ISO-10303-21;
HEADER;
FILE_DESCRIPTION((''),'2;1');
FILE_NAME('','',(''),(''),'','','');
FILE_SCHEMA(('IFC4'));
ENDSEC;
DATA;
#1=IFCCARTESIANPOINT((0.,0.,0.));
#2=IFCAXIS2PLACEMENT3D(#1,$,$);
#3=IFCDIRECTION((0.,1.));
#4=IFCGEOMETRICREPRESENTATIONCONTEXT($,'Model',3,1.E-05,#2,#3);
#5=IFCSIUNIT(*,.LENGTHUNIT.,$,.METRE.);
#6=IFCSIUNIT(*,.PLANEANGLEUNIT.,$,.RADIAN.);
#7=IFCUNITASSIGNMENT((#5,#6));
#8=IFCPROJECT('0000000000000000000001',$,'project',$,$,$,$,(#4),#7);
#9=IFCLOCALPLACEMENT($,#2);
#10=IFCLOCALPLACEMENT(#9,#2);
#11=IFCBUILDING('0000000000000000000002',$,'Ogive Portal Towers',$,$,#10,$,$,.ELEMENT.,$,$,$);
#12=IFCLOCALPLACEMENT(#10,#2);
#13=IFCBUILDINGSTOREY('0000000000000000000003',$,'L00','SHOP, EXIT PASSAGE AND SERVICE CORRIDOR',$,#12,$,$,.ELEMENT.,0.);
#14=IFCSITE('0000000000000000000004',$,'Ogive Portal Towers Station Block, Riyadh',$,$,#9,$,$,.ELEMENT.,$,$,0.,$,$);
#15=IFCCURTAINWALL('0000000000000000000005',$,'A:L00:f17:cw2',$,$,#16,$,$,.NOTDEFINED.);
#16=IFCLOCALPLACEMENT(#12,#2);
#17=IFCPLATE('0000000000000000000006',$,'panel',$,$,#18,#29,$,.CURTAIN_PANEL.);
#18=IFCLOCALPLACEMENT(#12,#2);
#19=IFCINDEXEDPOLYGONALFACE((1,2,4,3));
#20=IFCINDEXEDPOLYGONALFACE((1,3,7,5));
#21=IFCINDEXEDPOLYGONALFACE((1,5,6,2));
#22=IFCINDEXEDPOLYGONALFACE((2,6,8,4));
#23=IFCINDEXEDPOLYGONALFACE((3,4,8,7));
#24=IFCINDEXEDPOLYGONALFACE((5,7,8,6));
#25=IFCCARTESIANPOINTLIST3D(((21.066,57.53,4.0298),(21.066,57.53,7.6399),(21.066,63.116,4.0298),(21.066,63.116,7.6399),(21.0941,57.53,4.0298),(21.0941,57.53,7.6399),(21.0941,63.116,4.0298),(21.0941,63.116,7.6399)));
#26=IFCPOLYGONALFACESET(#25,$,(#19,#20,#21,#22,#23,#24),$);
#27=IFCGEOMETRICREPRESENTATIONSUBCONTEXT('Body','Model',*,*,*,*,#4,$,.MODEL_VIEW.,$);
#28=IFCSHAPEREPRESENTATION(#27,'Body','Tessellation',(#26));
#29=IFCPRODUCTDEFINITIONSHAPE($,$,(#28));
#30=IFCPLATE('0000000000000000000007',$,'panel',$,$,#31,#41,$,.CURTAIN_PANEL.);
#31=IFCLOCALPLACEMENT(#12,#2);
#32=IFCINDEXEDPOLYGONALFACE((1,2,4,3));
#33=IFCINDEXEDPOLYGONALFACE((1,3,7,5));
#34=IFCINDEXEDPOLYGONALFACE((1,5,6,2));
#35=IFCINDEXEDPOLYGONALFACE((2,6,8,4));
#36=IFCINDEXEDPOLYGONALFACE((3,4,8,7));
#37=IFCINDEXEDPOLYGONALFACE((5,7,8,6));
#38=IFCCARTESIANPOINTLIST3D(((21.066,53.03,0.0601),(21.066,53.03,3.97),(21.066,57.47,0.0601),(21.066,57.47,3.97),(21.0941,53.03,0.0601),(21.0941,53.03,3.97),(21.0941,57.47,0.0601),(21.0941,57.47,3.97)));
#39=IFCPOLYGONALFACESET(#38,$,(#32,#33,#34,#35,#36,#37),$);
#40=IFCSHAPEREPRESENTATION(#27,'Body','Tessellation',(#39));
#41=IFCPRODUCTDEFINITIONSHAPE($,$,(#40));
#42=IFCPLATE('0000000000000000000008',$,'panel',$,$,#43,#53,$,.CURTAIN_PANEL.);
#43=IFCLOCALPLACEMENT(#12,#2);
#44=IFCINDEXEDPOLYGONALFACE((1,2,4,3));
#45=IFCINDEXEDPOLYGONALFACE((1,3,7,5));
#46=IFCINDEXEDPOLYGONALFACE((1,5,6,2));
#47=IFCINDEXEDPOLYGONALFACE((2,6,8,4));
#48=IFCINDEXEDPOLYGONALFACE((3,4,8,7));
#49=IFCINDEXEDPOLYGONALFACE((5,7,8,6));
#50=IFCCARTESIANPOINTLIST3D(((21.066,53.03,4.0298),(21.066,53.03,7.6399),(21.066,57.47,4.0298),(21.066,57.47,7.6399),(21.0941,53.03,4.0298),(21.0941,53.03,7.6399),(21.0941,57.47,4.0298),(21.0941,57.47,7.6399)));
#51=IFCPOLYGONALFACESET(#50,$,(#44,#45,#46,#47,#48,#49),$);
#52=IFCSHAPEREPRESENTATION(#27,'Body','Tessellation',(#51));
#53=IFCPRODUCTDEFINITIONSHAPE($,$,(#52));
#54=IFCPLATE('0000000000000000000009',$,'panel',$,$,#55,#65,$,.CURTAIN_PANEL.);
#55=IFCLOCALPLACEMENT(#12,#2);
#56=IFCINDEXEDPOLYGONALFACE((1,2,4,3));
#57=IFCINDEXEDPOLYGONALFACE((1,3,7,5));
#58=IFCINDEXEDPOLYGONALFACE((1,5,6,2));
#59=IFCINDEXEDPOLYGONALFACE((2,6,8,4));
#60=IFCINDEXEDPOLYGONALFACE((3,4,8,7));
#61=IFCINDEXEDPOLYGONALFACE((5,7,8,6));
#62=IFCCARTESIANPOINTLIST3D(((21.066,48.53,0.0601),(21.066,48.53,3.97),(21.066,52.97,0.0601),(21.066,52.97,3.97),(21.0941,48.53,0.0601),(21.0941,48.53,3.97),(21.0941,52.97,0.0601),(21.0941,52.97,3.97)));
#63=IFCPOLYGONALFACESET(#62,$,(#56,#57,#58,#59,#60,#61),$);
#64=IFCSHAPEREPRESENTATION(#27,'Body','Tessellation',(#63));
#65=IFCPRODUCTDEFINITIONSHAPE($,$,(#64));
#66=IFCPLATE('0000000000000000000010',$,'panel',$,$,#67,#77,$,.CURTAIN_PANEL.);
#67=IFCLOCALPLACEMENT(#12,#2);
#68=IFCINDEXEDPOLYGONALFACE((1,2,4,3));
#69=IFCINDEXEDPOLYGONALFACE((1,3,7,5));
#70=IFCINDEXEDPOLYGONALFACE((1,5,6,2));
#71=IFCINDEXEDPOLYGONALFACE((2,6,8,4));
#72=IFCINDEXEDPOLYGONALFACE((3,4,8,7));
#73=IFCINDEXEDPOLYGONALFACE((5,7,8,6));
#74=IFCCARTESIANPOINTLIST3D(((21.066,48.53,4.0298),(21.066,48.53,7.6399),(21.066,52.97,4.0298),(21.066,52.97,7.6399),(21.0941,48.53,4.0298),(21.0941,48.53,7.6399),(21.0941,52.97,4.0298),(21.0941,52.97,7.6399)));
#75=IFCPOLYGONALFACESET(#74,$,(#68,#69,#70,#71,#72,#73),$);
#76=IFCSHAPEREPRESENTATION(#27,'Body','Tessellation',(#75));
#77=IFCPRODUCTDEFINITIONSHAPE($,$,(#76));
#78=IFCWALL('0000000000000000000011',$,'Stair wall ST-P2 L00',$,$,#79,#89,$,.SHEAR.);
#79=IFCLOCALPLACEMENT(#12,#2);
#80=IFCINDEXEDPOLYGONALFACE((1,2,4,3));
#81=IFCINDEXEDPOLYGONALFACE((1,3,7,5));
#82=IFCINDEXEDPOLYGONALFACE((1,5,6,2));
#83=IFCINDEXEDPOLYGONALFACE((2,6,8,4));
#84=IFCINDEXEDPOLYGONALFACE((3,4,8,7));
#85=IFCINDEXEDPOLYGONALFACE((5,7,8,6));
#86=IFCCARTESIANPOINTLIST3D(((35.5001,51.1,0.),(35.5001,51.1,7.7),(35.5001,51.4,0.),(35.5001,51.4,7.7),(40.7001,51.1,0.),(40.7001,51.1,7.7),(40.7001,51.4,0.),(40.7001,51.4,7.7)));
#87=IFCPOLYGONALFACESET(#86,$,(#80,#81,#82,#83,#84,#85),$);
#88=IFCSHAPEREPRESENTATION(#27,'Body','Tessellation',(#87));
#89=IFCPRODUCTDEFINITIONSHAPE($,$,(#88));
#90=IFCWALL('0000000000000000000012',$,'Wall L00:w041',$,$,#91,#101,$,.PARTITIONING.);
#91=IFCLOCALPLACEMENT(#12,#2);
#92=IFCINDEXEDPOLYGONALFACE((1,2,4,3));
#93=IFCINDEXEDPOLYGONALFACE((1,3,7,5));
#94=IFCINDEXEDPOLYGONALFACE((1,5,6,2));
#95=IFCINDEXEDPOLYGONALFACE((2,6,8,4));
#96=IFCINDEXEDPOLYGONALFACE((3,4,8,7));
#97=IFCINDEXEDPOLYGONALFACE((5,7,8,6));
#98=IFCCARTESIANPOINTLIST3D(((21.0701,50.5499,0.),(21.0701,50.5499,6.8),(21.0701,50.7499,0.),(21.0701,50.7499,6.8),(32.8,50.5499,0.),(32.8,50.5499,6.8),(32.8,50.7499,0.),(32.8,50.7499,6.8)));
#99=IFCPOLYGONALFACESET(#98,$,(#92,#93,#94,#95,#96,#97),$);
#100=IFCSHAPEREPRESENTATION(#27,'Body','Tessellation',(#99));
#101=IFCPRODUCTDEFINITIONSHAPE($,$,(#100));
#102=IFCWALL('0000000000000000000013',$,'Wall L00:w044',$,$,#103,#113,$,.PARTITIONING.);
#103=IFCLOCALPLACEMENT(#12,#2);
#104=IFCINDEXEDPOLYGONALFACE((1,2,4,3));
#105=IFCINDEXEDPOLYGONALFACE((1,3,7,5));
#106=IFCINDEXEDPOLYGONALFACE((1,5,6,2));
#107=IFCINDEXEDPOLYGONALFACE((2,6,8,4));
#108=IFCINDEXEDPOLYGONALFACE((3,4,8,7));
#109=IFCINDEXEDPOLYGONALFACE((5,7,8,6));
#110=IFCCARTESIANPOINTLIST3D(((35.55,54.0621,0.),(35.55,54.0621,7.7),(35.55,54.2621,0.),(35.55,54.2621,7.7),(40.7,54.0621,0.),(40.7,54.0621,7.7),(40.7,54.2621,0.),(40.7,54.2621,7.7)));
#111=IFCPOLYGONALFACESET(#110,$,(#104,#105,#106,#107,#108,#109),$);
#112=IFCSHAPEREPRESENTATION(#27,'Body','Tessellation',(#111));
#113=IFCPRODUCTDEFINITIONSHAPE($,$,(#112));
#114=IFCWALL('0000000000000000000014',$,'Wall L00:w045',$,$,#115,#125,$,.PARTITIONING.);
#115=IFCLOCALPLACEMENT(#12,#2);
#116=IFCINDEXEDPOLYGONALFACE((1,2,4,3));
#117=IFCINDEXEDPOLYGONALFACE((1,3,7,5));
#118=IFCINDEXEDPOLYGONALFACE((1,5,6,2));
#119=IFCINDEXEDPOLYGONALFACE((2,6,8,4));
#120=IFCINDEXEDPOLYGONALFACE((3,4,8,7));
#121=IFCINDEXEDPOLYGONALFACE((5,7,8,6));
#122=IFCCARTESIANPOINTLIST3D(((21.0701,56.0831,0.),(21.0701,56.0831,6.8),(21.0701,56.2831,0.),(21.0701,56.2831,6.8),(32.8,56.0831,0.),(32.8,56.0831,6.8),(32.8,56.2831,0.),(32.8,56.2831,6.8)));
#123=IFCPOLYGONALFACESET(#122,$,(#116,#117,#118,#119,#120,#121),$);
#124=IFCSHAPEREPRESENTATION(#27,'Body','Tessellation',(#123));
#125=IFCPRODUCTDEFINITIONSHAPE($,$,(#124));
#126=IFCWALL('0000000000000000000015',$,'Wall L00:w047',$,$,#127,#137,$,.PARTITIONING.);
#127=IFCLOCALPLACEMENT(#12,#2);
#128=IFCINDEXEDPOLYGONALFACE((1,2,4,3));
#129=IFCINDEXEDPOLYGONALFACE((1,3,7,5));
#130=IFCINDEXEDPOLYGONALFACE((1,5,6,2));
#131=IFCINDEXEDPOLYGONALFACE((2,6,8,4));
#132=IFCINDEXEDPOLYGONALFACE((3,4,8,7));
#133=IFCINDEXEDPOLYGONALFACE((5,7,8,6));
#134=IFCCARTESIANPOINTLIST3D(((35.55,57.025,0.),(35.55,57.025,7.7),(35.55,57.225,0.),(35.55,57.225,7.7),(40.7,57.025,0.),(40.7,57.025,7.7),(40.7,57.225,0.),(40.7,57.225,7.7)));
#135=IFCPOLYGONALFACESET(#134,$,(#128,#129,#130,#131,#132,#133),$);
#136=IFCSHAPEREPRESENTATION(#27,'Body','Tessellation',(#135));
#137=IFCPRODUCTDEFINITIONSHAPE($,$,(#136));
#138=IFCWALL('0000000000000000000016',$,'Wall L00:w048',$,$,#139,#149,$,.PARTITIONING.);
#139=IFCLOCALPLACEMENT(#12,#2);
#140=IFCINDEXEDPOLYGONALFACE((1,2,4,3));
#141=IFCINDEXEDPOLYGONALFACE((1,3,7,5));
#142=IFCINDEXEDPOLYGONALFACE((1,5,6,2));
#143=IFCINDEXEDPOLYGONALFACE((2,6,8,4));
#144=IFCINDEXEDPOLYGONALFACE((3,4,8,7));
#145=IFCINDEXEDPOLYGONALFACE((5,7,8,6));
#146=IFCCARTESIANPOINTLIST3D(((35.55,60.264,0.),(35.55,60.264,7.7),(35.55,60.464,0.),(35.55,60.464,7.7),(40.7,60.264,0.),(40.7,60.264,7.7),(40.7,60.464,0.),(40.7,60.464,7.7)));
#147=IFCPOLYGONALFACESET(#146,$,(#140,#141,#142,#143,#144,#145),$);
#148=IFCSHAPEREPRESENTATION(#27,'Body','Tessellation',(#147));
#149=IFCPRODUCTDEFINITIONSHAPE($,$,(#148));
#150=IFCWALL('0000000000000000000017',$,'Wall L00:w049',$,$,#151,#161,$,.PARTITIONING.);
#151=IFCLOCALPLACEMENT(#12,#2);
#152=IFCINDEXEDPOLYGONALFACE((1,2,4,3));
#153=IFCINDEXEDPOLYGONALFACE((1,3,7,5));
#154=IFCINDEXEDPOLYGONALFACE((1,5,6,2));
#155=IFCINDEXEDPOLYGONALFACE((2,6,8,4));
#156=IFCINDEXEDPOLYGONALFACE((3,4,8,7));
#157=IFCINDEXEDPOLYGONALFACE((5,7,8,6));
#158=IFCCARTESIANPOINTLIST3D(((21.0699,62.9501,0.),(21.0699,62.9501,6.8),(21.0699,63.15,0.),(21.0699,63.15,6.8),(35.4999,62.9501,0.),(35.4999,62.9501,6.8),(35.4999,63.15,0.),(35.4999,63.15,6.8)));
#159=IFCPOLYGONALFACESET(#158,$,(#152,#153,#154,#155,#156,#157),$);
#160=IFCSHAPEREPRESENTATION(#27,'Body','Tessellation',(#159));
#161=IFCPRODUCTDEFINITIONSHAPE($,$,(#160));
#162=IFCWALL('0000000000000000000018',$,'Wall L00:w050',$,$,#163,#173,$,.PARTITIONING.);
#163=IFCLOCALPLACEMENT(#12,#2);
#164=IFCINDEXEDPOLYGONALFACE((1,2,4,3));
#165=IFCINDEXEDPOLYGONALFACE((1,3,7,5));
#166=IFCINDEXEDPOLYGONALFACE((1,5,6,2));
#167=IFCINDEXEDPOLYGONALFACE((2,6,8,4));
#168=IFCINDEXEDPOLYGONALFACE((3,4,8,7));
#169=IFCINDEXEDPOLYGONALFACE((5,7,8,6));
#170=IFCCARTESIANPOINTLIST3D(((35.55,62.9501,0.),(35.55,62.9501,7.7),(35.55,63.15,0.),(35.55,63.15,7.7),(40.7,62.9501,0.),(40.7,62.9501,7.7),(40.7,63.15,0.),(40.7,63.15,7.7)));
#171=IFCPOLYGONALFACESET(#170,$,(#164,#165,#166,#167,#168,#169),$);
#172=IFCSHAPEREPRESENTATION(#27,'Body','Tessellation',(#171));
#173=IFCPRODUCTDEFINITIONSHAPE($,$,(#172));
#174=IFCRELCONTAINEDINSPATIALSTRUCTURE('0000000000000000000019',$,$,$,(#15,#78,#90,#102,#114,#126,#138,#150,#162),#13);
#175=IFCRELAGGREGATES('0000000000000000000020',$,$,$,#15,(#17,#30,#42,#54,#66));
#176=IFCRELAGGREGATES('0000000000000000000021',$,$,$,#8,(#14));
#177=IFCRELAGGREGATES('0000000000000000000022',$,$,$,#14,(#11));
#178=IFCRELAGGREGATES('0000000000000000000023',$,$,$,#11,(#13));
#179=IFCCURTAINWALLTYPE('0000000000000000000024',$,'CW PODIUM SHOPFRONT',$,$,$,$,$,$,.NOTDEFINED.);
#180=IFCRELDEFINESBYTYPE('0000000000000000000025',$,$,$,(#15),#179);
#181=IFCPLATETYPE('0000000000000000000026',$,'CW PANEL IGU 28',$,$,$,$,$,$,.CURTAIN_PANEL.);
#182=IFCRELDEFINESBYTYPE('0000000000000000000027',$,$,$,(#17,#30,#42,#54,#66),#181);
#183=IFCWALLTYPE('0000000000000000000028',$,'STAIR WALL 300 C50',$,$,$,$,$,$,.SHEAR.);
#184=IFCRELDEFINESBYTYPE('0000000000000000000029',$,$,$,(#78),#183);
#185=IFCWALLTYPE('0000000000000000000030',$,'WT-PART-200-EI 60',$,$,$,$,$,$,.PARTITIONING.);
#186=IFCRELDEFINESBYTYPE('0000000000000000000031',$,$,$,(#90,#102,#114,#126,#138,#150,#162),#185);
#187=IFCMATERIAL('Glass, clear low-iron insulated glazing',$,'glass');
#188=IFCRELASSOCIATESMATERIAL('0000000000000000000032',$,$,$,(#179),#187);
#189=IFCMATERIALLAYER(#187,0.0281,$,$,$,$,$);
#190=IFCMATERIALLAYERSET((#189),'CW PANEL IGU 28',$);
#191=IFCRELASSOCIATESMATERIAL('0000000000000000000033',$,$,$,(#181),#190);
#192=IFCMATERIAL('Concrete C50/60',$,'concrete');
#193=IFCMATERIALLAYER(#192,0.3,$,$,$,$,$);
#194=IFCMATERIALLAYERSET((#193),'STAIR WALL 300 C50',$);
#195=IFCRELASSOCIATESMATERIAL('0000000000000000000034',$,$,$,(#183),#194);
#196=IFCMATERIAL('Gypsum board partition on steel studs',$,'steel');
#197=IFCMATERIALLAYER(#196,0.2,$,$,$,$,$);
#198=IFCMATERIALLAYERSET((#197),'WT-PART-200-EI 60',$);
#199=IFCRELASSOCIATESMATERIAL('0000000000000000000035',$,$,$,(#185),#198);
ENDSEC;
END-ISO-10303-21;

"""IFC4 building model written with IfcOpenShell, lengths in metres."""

from ifc_helpers import new_model, si_unit, direction, frame, frame_2d, origin, origin_2d, place, context, subcontext, project, spatial, rectangle, extrude, material, layer, layer_set, type_object, element, aggregate, save


model = new_model("IFC4")

# Units and contexts
model_context = context("Model", 3, precision=1e-05, world=origin(), true_north=direction((0.0, 1.0)))
body_context = subcontext(model_context, "Body", "Model", "MODEL_VIEW")
ifc_project = project(units=[si_unit("LENGTHUNIT", "METRE"), si_unit("PLANEANGLEUNIT", "RADIAN")], contexts=[model_context])

# Site, building, storey
site_placement = place(None, origin())
site = spatial("IfcSite", under=ifc_project, at=site_placement, Name="Ogive Portal Towers Station Block, Riyadh", CompositionType="ELEMENT", RefElevation=0.0)
building_placement = place(site_placement, origin())
building = spatial("IfcBuilding", under=site, at=building_placement, Name="Ogive Portal Towers", CompositionType="ELEMENT")
storey_placement = place(building_placement, origin())
storey = spatial("IfcBuildingStorey", under=building, at=storey_placement, Name="L00", Description="SHOP, EXIT PASSAGE AND SERVICE CORRIDOR", CompositionType="ELEMENT", Elevation=0.0)

# Shared definitions
ifc_material_1 = material(Name="Concrete C50/60", Category="concrete")

# Curtain wall, plates
ifc_material_2 = material(Name="Glass, clear low-iron insulated glazing", Category="glass")
curtain_wall_type = type_object("IfcCurtainWallType", Name="CW PODIUM SHOPFRONT", PredefinedType="NOTDEFINED", material=ifc_material_2)
curtain_wall_placement = place(storey_placement, origin())
curtain_wall = element("IfcCurtainWall", 1, at=curtain_wall_placement, inside=storey, type_object=curtain_wall_type, Name="A:L00:f17:cw2", PredefinedType="NOTDEFINED")
ifc_layer_1 = layer(ifc_material_2, 0.0281)
ifc_layer_set_1 = layer_set([ifc_layer_1], Name="CW PANEL IGU 28")
plate_type = type_object("IfcPlateType", Name="CW PANEL IGU 28", PredefinedType="CURTAIN_PANEL", material=ifc_layer_set_1)
plate_1_placement = place(storey_placement, frame((21.0801, 60.323, 4.0298), z_axis=(0.0, 0.0, 1.0), x_axis=(0.0, -1.0, 0.0)))
plate_1 = element("IfcPlate", 2, at=plate_1_placement, type_object=plate_type, Name="panel", PredefinedType="CURTAIN_PANEL", context=body_context, shape_type="SweptSolid", body=[
    extrude(rectangle(XDim=5.5859, YDim=0.0281, at=origin_2d()), origin(), (0.0, 0.0, 1.0), 3.6101),
])
plate_2_placement = place(storey_placement, frame((21.0801, 55.25, 0.0601), z_axis=(0.0, 0.0, 1.0), x_axis=(0.0, -1.0, 0.0)))
plate_2 = element("IfcPlate", 3, at=plate_2_placement, type_object=plate_type, Name="panel", PredefinedType="CURTAIN_PANEL", context=body_context, shape_type="SweptSolid", body=[
    extrude(rectangle(XDim=4.4399, YDim=0.0281, at=origin_2d()), origin(), (0.0, 0.0, 1.0), 3.9099),
])
plate_3_placement = place(storey_placement, frame((21.0801, 55.25, 4.0298), z_axis=(0.0, 0.0, 1.0), x_axis=(0.0, -1.0, 0.0)))
plate_3 = element("IfcPlate", 4, at=plate_3_placement, type_object=plate_type, Name="panel", PredefinedType="CURTAIN_PANEL", context=body_context, shape_type="SweptSolid", body=[
    extrude(rectangle(XDim=4.4399, YDim=0.0281, at=origin_2d()), origin(), (0.0, 0.0, 1.0), 3.6101),
])
plate_4_placement = place(storey_placement, frame((21.0801, 50.75, 0.0601), z_axis=(0.0, 0.0, 1.0), x_axis=(0.0, -1.0, 0.0)))
plate_4 = element("IfcPlate", 5, at=plate_4_placement, type_object=plate_type, Name="panel", PredefinedType="CURTAIN_PANEL", context=body_context, shape_type="SweptSolid", body=[
    extrude(rectangle(XDim=4.4399, YDim=0.0281, at=origin_2d()), origin(), (0.0, 0.0, 1.0), 3.9099),
])
plate_5_placement = place(storey_placement, frame((21.0801, 50.75, 4.0298), z_axis=(0.0, 0.0, 1.0), x_axis=(0.0, -1.0, 0.0)))
plate_5 = element("IfcPlate", 6, at=plate_5_placement, type_object=plate_type, Name="panel", PredefinedType="CURTAIN_PANEL", context=body_context, shape_type="SweptSolid", body=[
    extrude(rectangle(XDim=4.4399, YDim=0.0281, at=origin_2d()), origin(), (0.0, 0.0, 1.0), 3.6101),
])
aggregate(curtain_wall, [plate_1, plate_2, plate_3, plate_4, plate_5])

# Walls
ifc_layer_2 = layer(ifc_material_1, 0.3)
ifc_layer_set_2 = layer_set([ifc_layer_2], Name="STAIR WALL 300 C50")
wall_type_1 = type_object("IfcWallType", Name="STAIR WALL 300 C50", PredefinedType="SHEAR", material=ifc_layer_set_2)
wall_1_placement = place(storey_placement, frame((35.5, 51.25, 0.0), z_axis=(0.0, 0.0, 1.0), x_axis=(1.0, 0.0, 0.0)))
element("IfcWall", 7, at=wall_1_placement, inside=storey, type_object=wall_type_1, Name="Stair wall ST-P2 L00", PredefinedType="SHEAR", context=body_context, shape_type="SweptSolid", body=[
    extrude(rectangle(XDim=5.2, YDim=0.3, at=frame_2d((2.6001, 0.0))), origin(), (0.0, 0.0, 1.0), 7.7),
])
ifc_material_3 = material(Name="Gypsum board partition on steel studs", Category="steel")
ifc_layer_3 = layer(ifc_material_3, 0.2)
ifc_layer_set_3 = layer_set([ifc_layer_3], Name="WT-PART-200-EI 60")
wall_type_2 = type_object("IfcWallType", Name="WT-PART-200-EI 60", PredefinedType="PARTITIONING", material=ifc_layer_set_3)
wall_2_placement = place(storey_placement, frame((21.0701, 50.6499, 0.0), z_axis=(0.0, 0.0, 1.0), x_axis=(1.0, 0.0, 0.0)))
element("IfcWall", 8, at=wall_2_placement, inside=storey, type_object=wall_type_2, Name="Wall L00:w041", PredefinedType="PARTITIONING", context=body_context, shape_type="SweptSolid", body=[
    extrude(rectangle(XDim=11.73, YDim=0.2, at=frame_2d((5.865, 0.0))), origin(), (0.0, 0.0, 1.0), 6.8),
])
wall_3_placement = place(storey_placement, frame((35.55, 54.1621, 0.0), z_axis=(0.0, 0.0, 1.0), x_axis=(1.0, 0.0, 0.0)))
element("IfcWall", 9, at=wall_3_placement, inside=storey, type_object=wall_type_2, Name="Wall L00:w044", PredefinedType="PARTITIONING", context=body_context, shape_type="SweptSolid", body=[
    extrude(rectangle(XDim=5.1499, YDim=0.2, at=frame_2d((2.575, 0.0))), origin(), (0.0, 0.0, 1.0), 7.7),
])
wall_4_placement = place(storey_placement, frame((21.0701, 56.1831, 0.0), z_axis=(0.0, 0.0, 1.0), x_axis=(1.0, 0.0, 0.0)))
element("IfcWall", 10, at=wall_4_placement, inside=storey, type_object=wall_type_2, Name="Wall L00:w045", PredefinedType="PARTITIONING", context=body_context, shape_type="SweptSolid", body=[
    extrude(rectangle(XDim=11.73, YDim=0.2, at=frame_2d((5.865, 0.0))), origin(), (0.0, 0.0, 1.0), 6.8),
])
for number, where, z_axis, x_axis, name in (
    (11, (35.55, 57.125, 0.0), (0.0, 0.0, 1.0), (1.0, 0.0, 0.0), "Wall L00:w047"),
    (12, (35.55, 60.364, 0.0), (0.0, 0.0, 1.0), (1.0, 0.0, 0.0), "Wall L00:w048"),
):
    element("IfcWall", number, at=place(storey_placement, frame(where, z_axis=z_axis, x_axis=x_axis)), inside=storey, type_object=wall_type_2, Name=name, PredefinedType="PARTITIONING", context=body_context, shape_type="SweptSolid", body=[
        extrude(rectangle(XDim=5.1499, YDim=0.2, at=frame_2d((2.575, 0.0))), origin(), (0.0, 0.0, 1.0), 7.7),
    ])
wall_5_placement = place(storey_placement, frame((21.0701, 63.05, 0.0), z_axis=(0.0, 0.0, 1.0), x_axis=(1.0, 0.0, 0.0)))
element("IfcWall", 13, at=wall_5_placement, inside=storey, type_object=wall_type_2, Name="Wall L00:w049", PredefinedType="PARTITIONING", context=body_context, shape_type="SweptSolid", body=[
    extrude(rectangle(XDim=14.4299, YDim=0.2, at=frame_2d((7.2148, 0.0))), origin(), (0.0, 0.0, 1.0), 6.8),
])
wall_6_placement = place(storey_placement, frame((35.55, 63.05, 0.0), z_axis=(0.0, 0.0, 1.0), x_axis=(1.0, 0.0, 0.0)))
element("IfcWall", 14, at=wall_6_placement, inside=storey, type_object=wall_type_2, Name="Wall L00:w050", PredefinedType="PARTITIONING", context=body_context, shape_type="SweptSolid", body=[
    extrude(rectangle(XDim=5.1499, YDim=0.2, at=frame_2d((2.575, 0.0))), origin(), (0.0, 0.0, 1.0), 7.7),
])

save(model, "model.ifc")
